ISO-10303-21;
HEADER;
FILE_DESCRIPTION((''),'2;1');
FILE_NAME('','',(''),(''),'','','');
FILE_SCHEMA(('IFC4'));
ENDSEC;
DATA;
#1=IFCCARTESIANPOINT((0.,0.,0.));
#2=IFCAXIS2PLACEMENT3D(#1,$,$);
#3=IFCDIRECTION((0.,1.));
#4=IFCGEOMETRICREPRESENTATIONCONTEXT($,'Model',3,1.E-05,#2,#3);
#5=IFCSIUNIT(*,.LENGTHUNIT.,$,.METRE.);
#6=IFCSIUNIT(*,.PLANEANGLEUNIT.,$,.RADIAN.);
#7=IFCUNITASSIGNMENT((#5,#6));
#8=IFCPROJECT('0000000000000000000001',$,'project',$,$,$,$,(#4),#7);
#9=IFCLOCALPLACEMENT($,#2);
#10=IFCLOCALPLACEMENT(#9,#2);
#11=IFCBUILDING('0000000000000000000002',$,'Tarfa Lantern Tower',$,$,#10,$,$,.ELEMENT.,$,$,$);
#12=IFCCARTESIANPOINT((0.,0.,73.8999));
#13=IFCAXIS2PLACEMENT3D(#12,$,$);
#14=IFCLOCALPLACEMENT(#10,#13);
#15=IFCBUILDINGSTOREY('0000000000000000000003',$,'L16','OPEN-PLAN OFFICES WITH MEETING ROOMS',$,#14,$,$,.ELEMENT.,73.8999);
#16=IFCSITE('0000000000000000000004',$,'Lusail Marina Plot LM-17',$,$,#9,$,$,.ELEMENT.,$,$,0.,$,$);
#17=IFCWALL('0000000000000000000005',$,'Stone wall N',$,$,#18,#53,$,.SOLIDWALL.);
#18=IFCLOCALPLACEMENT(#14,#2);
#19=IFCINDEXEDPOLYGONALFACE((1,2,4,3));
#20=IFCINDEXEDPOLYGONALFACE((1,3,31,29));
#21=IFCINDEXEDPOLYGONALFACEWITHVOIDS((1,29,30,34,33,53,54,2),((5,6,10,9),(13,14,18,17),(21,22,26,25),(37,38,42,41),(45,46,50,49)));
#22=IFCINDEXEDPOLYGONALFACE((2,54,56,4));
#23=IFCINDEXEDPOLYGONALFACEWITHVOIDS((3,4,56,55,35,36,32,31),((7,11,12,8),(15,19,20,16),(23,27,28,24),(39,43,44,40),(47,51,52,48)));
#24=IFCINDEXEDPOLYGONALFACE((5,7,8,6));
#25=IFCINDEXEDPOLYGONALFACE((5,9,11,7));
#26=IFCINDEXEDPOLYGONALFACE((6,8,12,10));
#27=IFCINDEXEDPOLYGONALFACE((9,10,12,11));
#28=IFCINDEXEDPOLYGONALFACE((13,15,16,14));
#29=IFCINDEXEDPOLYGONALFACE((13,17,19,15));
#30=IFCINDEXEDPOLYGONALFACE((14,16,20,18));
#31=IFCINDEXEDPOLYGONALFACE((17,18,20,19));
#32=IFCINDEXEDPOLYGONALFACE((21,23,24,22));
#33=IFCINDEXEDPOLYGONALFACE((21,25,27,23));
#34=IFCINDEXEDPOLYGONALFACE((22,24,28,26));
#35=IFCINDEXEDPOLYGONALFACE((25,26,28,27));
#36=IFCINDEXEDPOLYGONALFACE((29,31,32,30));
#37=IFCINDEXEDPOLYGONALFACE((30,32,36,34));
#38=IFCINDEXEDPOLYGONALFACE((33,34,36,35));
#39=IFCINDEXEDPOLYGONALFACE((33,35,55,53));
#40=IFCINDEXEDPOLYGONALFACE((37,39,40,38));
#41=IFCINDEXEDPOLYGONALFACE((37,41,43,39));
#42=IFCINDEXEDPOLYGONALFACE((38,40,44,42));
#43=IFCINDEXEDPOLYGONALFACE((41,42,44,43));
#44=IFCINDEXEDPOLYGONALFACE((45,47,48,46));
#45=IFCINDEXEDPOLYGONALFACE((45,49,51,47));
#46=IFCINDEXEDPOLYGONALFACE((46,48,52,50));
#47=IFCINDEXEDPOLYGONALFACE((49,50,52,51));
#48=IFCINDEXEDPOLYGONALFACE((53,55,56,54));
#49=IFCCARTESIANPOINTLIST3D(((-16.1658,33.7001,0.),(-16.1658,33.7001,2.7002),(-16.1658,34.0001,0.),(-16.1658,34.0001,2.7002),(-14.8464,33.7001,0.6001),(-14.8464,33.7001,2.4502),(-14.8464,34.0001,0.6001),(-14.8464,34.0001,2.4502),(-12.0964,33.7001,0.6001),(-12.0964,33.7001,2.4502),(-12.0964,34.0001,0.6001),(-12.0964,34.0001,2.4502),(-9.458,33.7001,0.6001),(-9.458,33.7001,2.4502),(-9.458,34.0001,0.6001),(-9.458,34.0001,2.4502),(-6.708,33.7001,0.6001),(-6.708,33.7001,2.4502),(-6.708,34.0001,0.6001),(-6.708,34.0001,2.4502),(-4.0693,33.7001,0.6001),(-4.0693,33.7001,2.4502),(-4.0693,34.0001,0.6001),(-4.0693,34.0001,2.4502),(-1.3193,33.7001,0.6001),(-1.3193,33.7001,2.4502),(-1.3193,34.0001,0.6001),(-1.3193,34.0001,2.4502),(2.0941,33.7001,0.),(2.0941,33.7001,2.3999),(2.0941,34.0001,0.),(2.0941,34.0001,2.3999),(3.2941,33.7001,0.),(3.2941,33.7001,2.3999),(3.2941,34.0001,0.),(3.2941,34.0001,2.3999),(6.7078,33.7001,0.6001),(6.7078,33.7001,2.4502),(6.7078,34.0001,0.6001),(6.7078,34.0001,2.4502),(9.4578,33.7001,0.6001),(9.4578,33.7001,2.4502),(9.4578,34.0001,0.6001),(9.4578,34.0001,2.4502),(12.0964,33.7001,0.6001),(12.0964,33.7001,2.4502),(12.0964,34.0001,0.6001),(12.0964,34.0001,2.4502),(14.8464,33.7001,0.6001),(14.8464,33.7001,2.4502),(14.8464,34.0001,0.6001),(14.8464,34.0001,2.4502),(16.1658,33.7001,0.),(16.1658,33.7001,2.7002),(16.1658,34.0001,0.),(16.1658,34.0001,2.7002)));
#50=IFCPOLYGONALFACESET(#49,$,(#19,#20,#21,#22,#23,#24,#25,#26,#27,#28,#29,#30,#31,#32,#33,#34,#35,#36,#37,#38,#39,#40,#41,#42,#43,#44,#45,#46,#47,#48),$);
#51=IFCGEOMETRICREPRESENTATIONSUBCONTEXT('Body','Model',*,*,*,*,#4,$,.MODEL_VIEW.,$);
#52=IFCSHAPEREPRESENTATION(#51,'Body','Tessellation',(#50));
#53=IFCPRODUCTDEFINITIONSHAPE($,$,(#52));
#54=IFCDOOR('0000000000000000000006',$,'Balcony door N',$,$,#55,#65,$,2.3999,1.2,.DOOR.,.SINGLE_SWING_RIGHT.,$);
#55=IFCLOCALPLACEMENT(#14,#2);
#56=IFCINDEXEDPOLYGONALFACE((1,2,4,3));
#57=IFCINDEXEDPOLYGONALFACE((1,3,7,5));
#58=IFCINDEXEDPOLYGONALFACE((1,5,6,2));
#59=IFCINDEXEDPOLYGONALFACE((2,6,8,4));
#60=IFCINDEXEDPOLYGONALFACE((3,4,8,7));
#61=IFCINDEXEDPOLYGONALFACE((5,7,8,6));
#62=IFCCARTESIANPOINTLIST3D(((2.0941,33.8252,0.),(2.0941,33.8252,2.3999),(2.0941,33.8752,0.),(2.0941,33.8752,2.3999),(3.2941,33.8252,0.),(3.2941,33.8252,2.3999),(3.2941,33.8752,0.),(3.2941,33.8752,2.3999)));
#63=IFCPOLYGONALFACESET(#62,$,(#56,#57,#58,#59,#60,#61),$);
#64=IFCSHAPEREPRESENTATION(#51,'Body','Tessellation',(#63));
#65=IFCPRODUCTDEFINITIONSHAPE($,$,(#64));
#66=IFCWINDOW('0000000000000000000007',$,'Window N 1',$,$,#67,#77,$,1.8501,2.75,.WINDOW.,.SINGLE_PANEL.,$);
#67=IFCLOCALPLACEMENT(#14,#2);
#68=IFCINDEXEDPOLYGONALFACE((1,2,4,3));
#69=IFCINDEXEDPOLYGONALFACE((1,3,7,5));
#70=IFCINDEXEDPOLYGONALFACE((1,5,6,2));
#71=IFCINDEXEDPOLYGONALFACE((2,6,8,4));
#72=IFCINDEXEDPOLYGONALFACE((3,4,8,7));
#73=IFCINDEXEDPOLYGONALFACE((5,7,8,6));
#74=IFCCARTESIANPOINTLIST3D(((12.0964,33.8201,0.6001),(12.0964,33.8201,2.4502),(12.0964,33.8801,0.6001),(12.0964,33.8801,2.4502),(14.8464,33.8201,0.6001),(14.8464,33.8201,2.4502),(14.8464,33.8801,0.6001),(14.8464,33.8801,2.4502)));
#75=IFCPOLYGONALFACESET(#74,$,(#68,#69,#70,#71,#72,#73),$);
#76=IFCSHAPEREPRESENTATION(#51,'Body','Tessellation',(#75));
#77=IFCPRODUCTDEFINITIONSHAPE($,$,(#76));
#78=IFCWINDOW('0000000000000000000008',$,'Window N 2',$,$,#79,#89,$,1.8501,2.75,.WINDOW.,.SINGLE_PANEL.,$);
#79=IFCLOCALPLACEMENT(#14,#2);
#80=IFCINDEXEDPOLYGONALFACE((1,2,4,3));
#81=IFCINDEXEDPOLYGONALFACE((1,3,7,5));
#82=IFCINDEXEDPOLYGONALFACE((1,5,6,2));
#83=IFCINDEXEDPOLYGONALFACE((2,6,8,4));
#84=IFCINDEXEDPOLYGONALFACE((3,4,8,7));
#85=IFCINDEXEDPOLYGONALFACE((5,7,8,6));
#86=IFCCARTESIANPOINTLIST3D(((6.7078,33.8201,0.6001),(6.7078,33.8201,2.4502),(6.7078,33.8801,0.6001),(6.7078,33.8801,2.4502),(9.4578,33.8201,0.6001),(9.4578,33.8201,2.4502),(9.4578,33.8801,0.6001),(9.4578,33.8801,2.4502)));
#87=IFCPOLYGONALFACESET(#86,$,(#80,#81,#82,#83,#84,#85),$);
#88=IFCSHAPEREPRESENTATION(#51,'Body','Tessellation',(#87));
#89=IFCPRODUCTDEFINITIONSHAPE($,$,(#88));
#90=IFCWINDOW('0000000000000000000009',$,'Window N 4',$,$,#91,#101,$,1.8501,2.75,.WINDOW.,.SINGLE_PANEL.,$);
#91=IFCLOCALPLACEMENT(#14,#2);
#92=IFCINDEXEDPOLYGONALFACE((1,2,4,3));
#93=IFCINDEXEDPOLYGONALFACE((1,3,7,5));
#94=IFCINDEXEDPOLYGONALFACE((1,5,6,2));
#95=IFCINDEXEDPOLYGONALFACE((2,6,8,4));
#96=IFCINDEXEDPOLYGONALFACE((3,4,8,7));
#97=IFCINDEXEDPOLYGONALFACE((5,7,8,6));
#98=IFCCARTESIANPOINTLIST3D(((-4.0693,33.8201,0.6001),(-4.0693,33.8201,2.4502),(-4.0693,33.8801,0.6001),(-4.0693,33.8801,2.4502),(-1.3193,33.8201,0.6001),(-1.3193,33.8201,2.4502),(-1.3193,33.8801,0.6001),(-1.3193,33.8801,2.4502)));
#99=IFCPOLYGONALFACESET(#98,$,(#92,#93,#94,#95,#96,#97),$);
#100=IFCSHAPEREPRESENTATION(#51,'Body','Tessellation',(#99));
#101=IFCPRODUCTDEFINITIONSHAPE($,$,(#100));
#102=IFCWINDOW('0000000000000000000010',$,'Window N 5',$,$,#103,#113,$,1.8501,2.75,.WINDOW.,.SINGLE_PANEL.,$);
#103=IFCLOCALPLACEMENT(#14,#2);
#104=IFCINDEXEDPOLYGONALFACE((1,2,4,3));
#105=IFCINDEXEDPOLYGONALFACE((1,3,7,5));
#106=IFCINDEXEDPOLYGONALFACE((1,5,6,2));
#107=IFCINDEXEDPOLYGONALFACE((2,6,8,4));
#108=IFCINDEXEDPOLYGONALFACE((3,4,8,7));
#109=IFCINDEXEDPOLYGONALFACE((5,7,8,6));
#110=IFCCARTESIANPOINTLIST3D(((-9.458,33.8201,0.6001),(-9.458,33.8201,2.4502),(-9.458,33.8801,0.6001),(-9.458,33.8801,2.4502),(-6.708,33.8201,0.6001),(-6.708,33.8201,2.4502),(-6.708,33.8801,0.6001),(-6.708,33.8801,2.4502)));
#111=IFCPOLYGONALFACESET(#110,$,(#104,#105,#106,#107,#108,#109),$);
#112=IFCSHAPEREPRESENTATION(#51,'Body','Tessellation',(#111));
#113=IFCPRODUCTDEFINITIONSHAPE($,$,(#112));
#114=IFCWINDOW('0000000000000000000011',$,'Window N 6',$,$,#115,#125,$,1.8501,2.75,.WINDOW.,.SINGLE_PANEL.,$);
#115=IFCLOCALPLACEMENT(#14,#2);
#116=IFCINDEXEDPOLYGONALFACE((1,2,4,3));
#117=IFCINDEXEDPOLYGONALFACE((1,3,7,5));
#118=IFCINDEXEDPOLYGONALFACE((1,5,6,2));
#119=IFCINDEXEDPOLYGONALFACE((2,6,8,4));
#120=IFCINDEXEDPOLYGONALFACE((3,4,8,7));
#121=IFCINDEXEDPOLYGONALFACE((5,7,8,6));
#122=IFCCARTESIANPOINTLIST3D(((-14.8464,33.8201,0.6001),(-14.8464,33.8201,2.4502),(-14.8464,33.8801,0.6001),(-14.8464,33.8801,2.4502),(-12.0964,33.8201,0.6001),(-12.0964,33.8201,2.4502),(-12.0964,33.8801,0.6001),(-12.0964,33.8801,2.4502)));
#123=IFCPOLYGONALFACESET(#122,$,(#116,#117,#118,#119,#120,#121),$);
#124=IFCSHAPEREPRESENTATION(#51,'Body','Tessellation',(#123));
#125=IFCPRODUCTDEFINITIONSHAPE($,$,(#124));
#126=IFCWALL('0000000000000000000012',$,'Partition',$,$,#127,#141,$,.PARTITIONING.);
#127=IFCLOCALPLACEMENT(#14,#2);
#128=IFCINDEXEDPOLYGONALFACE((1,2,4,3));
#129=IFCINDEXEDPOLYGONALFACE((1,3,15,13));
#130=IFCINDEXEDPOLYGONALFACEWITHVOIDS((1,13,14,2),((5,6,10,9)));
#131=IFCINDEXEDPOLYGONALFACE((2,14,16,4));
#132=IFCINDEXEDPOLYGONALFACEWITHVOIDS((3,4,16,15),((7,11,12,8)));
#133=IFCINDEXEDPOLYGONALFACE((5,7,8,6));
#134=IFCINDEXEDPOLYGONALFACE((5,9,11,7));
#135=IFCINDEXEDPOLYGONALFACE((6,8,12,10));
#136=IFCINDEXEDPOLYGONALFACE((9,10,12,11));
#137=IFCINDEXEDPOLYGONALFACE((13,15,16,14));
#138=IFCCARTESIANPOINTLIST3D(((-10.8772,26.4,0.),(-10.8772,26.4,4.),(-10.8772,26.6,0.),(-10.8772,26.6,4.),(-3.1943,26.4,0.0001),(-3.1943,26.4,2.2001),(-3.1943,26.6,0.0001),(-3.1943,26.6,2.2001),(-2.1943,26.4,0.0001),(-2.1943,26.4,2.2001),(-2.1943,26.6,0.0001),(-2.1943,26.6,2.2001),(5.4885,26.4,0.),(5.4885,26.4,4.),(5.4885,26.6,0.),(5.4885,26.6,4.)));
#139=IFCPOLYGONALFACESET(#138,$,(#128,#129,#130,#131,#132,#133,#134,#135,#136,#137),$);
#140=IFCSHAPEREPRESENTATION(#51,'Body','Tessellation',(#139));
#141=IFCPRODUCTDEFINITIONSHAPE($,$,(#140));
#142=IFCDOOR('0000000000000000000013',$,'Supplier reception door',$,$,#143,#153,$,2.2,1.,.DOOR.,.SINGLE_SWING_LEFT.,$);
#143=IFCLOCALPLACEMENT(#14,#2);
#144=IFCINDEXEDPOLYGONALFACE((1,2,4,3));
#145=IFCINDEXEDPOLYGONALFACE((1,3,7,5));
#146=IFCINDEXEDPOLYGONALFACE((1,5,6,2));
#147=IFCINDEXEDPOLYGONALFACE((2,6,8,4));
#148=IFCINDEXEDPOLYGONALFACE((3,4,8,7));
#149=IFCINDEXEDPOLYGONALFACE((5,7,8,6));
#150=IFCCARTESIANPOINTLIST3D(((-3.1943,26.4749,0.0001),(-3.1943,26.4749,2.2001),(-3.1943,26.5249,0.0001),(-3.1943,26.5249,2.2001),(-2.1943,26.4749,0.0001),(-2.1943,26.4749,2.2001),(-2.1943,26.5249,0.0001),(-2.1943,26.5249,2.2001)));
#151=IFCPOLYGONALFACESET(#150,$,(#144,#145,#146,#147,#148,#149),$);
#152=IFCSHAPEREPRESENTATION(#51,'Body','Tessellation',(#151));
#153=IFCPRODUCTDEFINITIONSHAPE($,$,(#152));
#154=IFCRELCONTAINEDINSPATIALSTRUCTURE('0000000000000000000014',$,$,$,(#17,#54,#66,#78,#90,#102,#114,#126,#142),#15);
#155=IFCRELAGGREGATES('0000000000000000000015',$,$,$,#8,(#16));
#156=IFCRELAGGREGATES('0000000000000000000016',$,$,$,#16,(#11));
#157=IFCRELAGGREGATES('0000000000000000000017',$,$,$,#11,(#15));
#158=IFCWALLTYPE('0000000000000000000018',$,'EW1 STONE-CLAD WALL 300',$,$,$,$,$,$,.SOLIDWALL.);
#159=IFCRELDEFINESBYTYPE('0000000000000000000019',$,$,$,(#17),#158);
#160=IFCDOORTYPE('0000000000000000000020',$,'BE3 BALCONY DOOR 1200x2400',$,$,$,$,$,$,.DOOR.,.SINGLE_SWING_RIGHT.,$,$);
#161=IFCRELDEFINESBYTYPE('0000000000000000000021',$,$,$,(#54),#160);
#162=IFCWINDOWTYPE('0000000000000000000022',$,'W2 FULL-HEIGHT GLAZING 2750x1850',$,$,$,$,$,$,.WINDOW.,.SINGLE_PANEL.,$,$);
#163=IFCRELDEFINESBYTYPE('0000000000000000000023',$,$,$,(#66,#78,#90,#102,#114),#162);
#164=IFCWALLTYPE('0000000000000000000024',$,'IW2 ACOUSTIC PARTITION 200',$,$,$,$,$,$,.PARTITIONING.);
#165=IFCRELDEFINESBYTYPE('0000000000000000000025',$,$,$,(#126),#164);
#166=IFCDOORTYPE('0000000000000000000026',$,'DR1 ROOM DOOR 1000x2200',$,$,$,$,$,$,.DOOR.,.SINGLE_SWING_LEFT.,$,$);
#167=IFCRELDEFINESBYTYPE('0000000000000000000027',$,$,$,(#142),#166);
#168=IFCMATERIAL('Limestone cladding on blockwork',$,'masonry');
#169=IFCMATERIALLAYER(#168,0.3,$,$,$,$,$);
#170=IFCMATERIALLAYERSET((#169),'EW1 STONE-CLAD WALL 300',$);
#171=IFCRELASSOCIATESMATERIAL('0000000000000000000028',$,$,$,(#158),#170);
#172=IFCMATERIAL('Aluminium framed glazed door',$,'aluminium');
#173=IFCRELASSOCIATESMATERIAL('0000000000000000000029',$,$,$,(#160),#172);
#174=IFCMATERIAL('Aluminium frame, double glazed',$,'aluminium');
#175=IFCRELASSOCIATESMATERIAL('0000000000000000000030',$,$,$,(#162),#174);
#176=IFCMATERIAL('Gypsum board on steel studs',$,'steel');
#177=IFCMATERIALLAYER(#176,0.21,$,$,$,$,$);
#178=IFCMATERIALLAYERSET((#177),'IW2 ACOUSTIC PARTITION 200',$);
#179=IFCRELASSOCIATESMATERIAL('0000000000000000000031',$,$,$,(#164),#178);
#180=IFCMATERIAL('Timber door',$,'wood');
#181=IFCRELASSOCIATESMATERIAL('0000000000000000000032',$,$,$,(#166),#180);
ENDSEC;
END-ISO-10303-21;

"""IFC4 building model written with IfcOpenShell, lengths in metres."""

from ifc_helpers import new_model, si_unit, direction, frame, frame_2d, origin, place, context, subcontext, project, spatial, rectangle, extrude, material, layer, layer_set, type_object, element, fill, save


model = new_model("IFC4")

# Units and contexts
model_context = context("Model", 3, precision=1e-05, world=origin(), true_north=direction((0.0, 1.0)))
body_context = subcontext(model_context, "Body", "Model", "MODEL_VIEW")
ifc_project = project(units=[si_unit("LENGTHUNIT", "METRE"), si_unit("PLANEANGLEUNIT", "RADIAN")], contexts=[model_context])

# Site, building, storey
site_placement = place(None, origin())
site = spatial("IfcSite", under=ifc_project, at=site_placement, Name="Lusail Marina Plot LM-17", CompositionType="ELEMENT", RefElevation=0.0)
building_placement = place(site_placement, origin())
building = spatial("IfcBuilding", under=site, at=building_placement, Name="Tarfa Lantern Tower", CompositionType="ELEMENT")
storey_placement = place(building_placement, frame((0.0, 0.0, 73.8999)))
storey = spatial("IfcBuildingStorey", under=building, at=storey_placement, Name="L16", Description="OPEN-PLAN OFFICES WITH MEETING ROOMS", CompositionType="ELEMENT", Elevation=73.8999)

# Wall, openings, door, windows
ifc_material_1 = material(Name="Limestone cladding on blockwork", Category="masonry")
ifc_layer_1 = layer(ifc_material_1, 0.3)
ifc_layer_set_1 = layer_set([ifc_layer_1], Name="EW1 STONE-CLAD WALL 300")
wall_type_1 = type_object("IfcWallType", Name="EW1 STONE-CLAD WALL 300", PredefinedType="SOLIDWALL", material=ifc_layer_set_1)
wall_1_placement = place(storey_placement, frame((16.1658, 33.8501, 0.0), z_axis=(0.0, 0.0, 1.0), x_axis=(-1.0, 0.0, 0.0)))
wall_1 = element("IfcWall", 1, at=wall_1_placement, inside=storey, type_object=wall_type_1, Name="Stone wall N", PredefinedType="SOLIDWALL", context=body_context, shape_type="SweptSolid", body=[
    extrude(rectangle(XDim=32.3315, YDim=0.3, at=frame_2d((16.1658, 0.0))), origin(), (0.0, 0.0, 1.0), 2.7002),
])
opening_1_placement = place(wall_1_placement, frame((1.3193, 0.0, 0.6001)))
opening_1 = element("IfcOpeningElement", 2, at=opening_1_placement, cuts=wall_1, PredefinedType="OPENING", context=body_context, shape_type="SweptSolid", body=[
    extrude(rectangle(XDim=2.75, YDim=1.8501, at=frame_2d((1.375, 0.925))), frame((0.0, 0.1599, 0.0), z_axis=(0.0, -1.0, 0.0), x_axis=(1.0, 0.0, 0.0)), (0.0, 0.0, 1.0), 0.3201),
])
opening_2_placement = place(wall_1_placement, frame((6.708, 0.0, 0.6001)))
opening_2 = element("IfcOpeningElement", 3, at=opening_2_placement, cuts=wall_1, PredefinedType="OPENING", context=body_context, shape_type="SweptSolid", body=[
    extrude(rectangle(XDim=2.75, YDim=1.8501, at=frame_2d((1.375, 0.925))), frame((0.0, 0.1599, 0.0), z_axis=(0.0, -1.0, 0.0), x_axis=(1.0, 0.0, 0.0)), (0.0, 0.0, 1.0), 0.3201),
])
opening_3_placement = place(wall_1_placement, frame((12.8716, 0.0, 0.0)))
opening_3 = element("IfcOpeningElement", 4, at=opening_3_placement, cuts=wall_1, PredefinedType="OPENING", context=body_context, shape_type="SweptSolid", body=[
    extrude(rectangle(XDim=1.2, YDim=2.3999, at=frame_2d((0.6001, 1.2))), frame((0.0, 0.1599, 0.0), z_axis=(0.0, -1.0, 0.0), x_axis=(1.0, 0.0, 0.0)), (0.0, 0.0, 1.0), 0.3201),
])
opening_4_placement = place(wall_1_placement, frame((17.4851, 0.0, 0.6001)))
opening_4 = element("IfcOpeningElement", 5, at=opening_4_placement, cuts=wall_1, PredefinedType="OPENING", context=body_context, shape_type="SweptSolid", body=[
    extrude(rectangle(XDim=2.75, YDim=1.8501, at=frame_2d((1.375, 0.925))), frame((0.0, 0.1599, 0.0), z_axis=(0.0, -1.0, 0.0), x_axis=(1.0, 0.0, 0.0)), (0.0, 0.0, 1.0), 0.3201),
])
opening_5_placement = place(wall_1_placement, frame((22.8738, 0.0, 0.6001)))
opening_5 = element("IfcOpeningElement", 6, at=opening_5_placement, cuts=wall_1, PredefinedType="OPENING", context=body_context, shape_type="SweptSolid", body=[
    extrude(rectangle(XDim=2.75, YDim=1.8501, at=frame_2d((1.375, 0.925))), frame((0.0, 0.1599, 0.0), z_axis=(0.0, -1.0, 0.0), x_axis=(1.0, 0.0, 0.0)), (0.0, 0.0, 1.0), 0.3201),
])
opening_6_placement = place(wall_1_placement, frame((28.2622, 0.0, 0.6001)))
opening_6 = element("IfcOpeningElement", 7, at=opening_6_placement, cuts=wall_1, PredefinedType="OPENING", context=body_context, shape_type="SweptSolid", body=[
    extrude(rectangle(XDim=2.75, YDim=1.8501, at=frame_2d((1.375, 0.925))), frame((0.0, 0.1599, 0.0), z_axis=(0.0, -1.0, 0.0), x_axis=(1.0, 0.0, 0.0)), (0.0, 0.0, 1.0), 0.3201),
])
ifc_material_2 = material(Name="Aluminium framed glazed door", Category="aluminium")
door_type_1 = type_object("IfcDoorType", Name="BE3 BALCONY DOOR 1200x2400", OperationType="SINGLE_SWING_RIGHT", PredefinedType="DOOR", material=ifc_material_2)
door_1_placement = place(opening_3_placement, origin())
door_1 = element("IfcDoor", 8, at=door_1_placement, inside=storey, type_object=door_type_1, Name="Balcony door N", OperationType="SINGLE_SWING_RIGHT", OverallHeight=2.3999, OverallWidth=1.2, PredefinedType="DOOR", context=body_context, shape_type="SweptSolid", body=[
    extrude(rectangle(XDim=1.2, YDim=2.3999, at=frame_2d((0.6001, 1.2))), frame((0.0, 0.0249, 0.0), z_axis=(0.0, -1.0, 0.0), x_axis=(1.0, 0.0, 0.0)), (0.0, 0.0, 1.0), 0.05),
])
fill(opening_3, door_1)
ifc_material_3 = material(Name="Aluminium frame, double glazed", Category="aluminium")
window_type = type_object("IfcWindowType", Name="W2 FULL-HEIGHT GLAZING 2750x1850", PartitioningType="SINGLE_PANEL", PredefinedType="WINDOW", material=ifc_material_3)
window_1_placement = place(opening_1_placement, origin())
window_1 = element("IfcWindow", 9, at=window_1_placement, inside=storey, type_object=window_type, Name="Window N 1", OverallHeight=1.8501, OverallWidth=2.75, PartitioningType="SINGLE_PANEL", PredefinedType="WINDOW", context=body_context, shape_type="SweptSolid", body=[
    extrude(rectangle(XDim=2.75, YDim=1.8501, at=frame_2d((1.375, 0.925))), frame((0.0, 0.03, 0.0), z_axis=(0.0, -1.0, 0.0), x_axis=(1.0, 0.0, 0.0)), (0.0, 0.0, 1.0), 0.0601),
])
fill(opening_1, window_1)
window_2_placement = place(opening_2_placement, origin())
window_2 = element("IfcWindow", 10, at=window_2_placement, inside=storey, type_object=window_type, Name="Window N 2", OverallHeight=1.8501, OverallWidth=2.75, PartitioningType="SINGLE_PANEL", PredefinedType="WINDOW", context=body_context, shape_type="SweptSolid", body=[
    extrude(rectangle(XDim=2.75, YDim=1.8501, at=frame_2d((1.375, 0.925))), frame((0.0, 0.03, 0.0), z_axis=(0.0, -1.0, 0.0), x_axis=(1.0, 0.0, 0.0)), (0.0, 0.0, 1.0), 0.0601),
])
fill(opening_2, window_2)
window_3_placement = place(opening_4_placement, origin())
window_3 = element("IfcWindow", 11, at=window_3_placement, inside=storey, type_object=window_type, Name="Window N 4", OverallHeight=1.8501, OverallWidth=2.75, PartitioningType="SINGLE_PANEL", PredefinedType="WINDOW", context=body_context, shape_type="SweptSolid", body=[
    extrude(rectangle(XDim=2.75, YDim=1.8501, at=frame_2d((1.375, 0.925))), frame((0.0, 0.03, 0.0), z_axis=(0.0, -1.0, 0.0), x_axis=(1.0, 0.0, 0.0)), (0.0, 0.0, 1.0), 0.0601),
])
fill(opening_4, window_3)
window_4_placement = place(opening_5_placement, origin())
window_4 = element("IfcWindow", 12, at=window_4_placement, inside=storey, type_object=window_type, Name="Window N 5", OverallHeight=1.8501, OverallWidth=2.75, PartitioningType="SINGLE_PANEL", PredefinedType="WINDOW", context=body_context, shape_type="SweptSolid", body=[
    extrude(rectangle(XDim=2.75, YDim=1.8501, at=frame_2d((1.375, 0.925))), frame((0.0, 0.03, 0.0), z_axis=(0.0, -1.0, 0.0), x_axis=(1.0, 0.0, 0.0)), (0.0, 0.0, 1.0), 0.0601),
])
fill(opening_5, window_4)
window_5_placement = place(opening_6_placement, origin())
window_5 = element("IfcWindow", 13, at=window_5_placement, inside=storey, type_object=window_type, Name="Window N 6", OverallHeight=1.8501, OverallWidth=2.75, PartitioningType="SINGLE_PANEL", PredefinedType="WINDOW", context=body_context, shape_type="SweptSolid", body=[
    extrude(rectangle(XDim=2.75, YDim=1.8501, at=frame_2d((1.375, 0.925))), frame((0.0, 0.03, 0.0), z_axis=(0.0, -1.0, 0.0), x_axis=(1.0, 0.0, 0.0)), (0.0, 0.0, 1.0), 0.0601),
])
fill(opening_6, window_5)

# Wall, opening, door
ifc_material_4 = material(Name="Gypsum board on steel studs", Category="steel")
ifc_layer_2 = layer(ifc_material_4, 0.21)
ifc_layer_set_2 = layer_set([ifc_layer_2], Name="IW2 ACOUSTIC PARTITION 200")
wall_type_2 = type_object("IfcWallType", Name="IW2 ACOUSTIC PARTITION 200", PredefinedType="PARTITIONING", material=ifc_layer_set_2)
wall_2_placement = place(storey_placement, frame((5.4885, 26.5, 0.0), z_axis=(0.0, 0.0, 1.0), x_axis=(-1.0, 0.0, 0.0)))
wall_2 = element("IfcWall", 14, at=wall_2_placement, inside=storey, type_object=wall_type_2, Name="Partition", PredefinedType="PARTITIONING", context=body_context, shape_type="SweptSolid", body=[
    extrude(rectangle(XDim=16.3657, YDim=0.2, at=frame_2d((8.1829, 0.0))), origin(), (0.0, 0.0, 1.0), 4.0),
])
opening_7_placement = place(wall_2_placement, frame((7.6829, 0.0, 0.0)))
opening_7 = element("IfcOpeningElement", 15, at=opening_7_placement, cuts=wall_2, PredefinedType="OPENING", context=body_context, shape_type="SweptSolid", body=[
    extrude(rectangle(XDim=1.0, YDim=2.2, at=frame_2d((0.5, 1.1001))), frame((0.0, 0.1099, 0.0), z_axis=(0.0, -1.0, 0.0), x_axis=(1.0, 0.0, 0.0)), (0.0, 0.0, 1.0), 0.22),
])
ifc_material_5 = material(Name="Timber door", Category="wood")
door_type_2 = type_object("IfcDoorType", Name="DR1 ROOM DOOR 1000x2200", OperationType="SINGLE_SWING_LEFT", PredefinedType="DOOR", material=ifc_material_5)
door_2_placement = place(opening_7_placement, frame((1.0, 0.0, 0.0), z_axis=(0.0, 0.0, 1.0), x_axis=(-1.0, 0.0, 0.0)))
door_2 = element("IfcDoor", 16, at=door_2_placement, inside=storey, type_object=door_type_2, Name="Supplier reception door", OperationType="SINGLE_SWING_LEFT", OverallHeight=2.2, OverallWidth=1.0, PredefinedType="DOOR", context=body_context, shape_type="SweptSolid", body=[
    extrude(rectangle(XDim=1.0, YDim=2.2, at=frame_2d((0.5, 1.1001))), frame((0.0, 0.0249, 0.0), z_axis=(0.0, -1.0, 0.0), x_axis=(1.0, 0.0, 0.0)), (0.0, 0.0, 1.0), 0.05),
])
fill(opening_7, door_2)

save(model, "model.ifc")
